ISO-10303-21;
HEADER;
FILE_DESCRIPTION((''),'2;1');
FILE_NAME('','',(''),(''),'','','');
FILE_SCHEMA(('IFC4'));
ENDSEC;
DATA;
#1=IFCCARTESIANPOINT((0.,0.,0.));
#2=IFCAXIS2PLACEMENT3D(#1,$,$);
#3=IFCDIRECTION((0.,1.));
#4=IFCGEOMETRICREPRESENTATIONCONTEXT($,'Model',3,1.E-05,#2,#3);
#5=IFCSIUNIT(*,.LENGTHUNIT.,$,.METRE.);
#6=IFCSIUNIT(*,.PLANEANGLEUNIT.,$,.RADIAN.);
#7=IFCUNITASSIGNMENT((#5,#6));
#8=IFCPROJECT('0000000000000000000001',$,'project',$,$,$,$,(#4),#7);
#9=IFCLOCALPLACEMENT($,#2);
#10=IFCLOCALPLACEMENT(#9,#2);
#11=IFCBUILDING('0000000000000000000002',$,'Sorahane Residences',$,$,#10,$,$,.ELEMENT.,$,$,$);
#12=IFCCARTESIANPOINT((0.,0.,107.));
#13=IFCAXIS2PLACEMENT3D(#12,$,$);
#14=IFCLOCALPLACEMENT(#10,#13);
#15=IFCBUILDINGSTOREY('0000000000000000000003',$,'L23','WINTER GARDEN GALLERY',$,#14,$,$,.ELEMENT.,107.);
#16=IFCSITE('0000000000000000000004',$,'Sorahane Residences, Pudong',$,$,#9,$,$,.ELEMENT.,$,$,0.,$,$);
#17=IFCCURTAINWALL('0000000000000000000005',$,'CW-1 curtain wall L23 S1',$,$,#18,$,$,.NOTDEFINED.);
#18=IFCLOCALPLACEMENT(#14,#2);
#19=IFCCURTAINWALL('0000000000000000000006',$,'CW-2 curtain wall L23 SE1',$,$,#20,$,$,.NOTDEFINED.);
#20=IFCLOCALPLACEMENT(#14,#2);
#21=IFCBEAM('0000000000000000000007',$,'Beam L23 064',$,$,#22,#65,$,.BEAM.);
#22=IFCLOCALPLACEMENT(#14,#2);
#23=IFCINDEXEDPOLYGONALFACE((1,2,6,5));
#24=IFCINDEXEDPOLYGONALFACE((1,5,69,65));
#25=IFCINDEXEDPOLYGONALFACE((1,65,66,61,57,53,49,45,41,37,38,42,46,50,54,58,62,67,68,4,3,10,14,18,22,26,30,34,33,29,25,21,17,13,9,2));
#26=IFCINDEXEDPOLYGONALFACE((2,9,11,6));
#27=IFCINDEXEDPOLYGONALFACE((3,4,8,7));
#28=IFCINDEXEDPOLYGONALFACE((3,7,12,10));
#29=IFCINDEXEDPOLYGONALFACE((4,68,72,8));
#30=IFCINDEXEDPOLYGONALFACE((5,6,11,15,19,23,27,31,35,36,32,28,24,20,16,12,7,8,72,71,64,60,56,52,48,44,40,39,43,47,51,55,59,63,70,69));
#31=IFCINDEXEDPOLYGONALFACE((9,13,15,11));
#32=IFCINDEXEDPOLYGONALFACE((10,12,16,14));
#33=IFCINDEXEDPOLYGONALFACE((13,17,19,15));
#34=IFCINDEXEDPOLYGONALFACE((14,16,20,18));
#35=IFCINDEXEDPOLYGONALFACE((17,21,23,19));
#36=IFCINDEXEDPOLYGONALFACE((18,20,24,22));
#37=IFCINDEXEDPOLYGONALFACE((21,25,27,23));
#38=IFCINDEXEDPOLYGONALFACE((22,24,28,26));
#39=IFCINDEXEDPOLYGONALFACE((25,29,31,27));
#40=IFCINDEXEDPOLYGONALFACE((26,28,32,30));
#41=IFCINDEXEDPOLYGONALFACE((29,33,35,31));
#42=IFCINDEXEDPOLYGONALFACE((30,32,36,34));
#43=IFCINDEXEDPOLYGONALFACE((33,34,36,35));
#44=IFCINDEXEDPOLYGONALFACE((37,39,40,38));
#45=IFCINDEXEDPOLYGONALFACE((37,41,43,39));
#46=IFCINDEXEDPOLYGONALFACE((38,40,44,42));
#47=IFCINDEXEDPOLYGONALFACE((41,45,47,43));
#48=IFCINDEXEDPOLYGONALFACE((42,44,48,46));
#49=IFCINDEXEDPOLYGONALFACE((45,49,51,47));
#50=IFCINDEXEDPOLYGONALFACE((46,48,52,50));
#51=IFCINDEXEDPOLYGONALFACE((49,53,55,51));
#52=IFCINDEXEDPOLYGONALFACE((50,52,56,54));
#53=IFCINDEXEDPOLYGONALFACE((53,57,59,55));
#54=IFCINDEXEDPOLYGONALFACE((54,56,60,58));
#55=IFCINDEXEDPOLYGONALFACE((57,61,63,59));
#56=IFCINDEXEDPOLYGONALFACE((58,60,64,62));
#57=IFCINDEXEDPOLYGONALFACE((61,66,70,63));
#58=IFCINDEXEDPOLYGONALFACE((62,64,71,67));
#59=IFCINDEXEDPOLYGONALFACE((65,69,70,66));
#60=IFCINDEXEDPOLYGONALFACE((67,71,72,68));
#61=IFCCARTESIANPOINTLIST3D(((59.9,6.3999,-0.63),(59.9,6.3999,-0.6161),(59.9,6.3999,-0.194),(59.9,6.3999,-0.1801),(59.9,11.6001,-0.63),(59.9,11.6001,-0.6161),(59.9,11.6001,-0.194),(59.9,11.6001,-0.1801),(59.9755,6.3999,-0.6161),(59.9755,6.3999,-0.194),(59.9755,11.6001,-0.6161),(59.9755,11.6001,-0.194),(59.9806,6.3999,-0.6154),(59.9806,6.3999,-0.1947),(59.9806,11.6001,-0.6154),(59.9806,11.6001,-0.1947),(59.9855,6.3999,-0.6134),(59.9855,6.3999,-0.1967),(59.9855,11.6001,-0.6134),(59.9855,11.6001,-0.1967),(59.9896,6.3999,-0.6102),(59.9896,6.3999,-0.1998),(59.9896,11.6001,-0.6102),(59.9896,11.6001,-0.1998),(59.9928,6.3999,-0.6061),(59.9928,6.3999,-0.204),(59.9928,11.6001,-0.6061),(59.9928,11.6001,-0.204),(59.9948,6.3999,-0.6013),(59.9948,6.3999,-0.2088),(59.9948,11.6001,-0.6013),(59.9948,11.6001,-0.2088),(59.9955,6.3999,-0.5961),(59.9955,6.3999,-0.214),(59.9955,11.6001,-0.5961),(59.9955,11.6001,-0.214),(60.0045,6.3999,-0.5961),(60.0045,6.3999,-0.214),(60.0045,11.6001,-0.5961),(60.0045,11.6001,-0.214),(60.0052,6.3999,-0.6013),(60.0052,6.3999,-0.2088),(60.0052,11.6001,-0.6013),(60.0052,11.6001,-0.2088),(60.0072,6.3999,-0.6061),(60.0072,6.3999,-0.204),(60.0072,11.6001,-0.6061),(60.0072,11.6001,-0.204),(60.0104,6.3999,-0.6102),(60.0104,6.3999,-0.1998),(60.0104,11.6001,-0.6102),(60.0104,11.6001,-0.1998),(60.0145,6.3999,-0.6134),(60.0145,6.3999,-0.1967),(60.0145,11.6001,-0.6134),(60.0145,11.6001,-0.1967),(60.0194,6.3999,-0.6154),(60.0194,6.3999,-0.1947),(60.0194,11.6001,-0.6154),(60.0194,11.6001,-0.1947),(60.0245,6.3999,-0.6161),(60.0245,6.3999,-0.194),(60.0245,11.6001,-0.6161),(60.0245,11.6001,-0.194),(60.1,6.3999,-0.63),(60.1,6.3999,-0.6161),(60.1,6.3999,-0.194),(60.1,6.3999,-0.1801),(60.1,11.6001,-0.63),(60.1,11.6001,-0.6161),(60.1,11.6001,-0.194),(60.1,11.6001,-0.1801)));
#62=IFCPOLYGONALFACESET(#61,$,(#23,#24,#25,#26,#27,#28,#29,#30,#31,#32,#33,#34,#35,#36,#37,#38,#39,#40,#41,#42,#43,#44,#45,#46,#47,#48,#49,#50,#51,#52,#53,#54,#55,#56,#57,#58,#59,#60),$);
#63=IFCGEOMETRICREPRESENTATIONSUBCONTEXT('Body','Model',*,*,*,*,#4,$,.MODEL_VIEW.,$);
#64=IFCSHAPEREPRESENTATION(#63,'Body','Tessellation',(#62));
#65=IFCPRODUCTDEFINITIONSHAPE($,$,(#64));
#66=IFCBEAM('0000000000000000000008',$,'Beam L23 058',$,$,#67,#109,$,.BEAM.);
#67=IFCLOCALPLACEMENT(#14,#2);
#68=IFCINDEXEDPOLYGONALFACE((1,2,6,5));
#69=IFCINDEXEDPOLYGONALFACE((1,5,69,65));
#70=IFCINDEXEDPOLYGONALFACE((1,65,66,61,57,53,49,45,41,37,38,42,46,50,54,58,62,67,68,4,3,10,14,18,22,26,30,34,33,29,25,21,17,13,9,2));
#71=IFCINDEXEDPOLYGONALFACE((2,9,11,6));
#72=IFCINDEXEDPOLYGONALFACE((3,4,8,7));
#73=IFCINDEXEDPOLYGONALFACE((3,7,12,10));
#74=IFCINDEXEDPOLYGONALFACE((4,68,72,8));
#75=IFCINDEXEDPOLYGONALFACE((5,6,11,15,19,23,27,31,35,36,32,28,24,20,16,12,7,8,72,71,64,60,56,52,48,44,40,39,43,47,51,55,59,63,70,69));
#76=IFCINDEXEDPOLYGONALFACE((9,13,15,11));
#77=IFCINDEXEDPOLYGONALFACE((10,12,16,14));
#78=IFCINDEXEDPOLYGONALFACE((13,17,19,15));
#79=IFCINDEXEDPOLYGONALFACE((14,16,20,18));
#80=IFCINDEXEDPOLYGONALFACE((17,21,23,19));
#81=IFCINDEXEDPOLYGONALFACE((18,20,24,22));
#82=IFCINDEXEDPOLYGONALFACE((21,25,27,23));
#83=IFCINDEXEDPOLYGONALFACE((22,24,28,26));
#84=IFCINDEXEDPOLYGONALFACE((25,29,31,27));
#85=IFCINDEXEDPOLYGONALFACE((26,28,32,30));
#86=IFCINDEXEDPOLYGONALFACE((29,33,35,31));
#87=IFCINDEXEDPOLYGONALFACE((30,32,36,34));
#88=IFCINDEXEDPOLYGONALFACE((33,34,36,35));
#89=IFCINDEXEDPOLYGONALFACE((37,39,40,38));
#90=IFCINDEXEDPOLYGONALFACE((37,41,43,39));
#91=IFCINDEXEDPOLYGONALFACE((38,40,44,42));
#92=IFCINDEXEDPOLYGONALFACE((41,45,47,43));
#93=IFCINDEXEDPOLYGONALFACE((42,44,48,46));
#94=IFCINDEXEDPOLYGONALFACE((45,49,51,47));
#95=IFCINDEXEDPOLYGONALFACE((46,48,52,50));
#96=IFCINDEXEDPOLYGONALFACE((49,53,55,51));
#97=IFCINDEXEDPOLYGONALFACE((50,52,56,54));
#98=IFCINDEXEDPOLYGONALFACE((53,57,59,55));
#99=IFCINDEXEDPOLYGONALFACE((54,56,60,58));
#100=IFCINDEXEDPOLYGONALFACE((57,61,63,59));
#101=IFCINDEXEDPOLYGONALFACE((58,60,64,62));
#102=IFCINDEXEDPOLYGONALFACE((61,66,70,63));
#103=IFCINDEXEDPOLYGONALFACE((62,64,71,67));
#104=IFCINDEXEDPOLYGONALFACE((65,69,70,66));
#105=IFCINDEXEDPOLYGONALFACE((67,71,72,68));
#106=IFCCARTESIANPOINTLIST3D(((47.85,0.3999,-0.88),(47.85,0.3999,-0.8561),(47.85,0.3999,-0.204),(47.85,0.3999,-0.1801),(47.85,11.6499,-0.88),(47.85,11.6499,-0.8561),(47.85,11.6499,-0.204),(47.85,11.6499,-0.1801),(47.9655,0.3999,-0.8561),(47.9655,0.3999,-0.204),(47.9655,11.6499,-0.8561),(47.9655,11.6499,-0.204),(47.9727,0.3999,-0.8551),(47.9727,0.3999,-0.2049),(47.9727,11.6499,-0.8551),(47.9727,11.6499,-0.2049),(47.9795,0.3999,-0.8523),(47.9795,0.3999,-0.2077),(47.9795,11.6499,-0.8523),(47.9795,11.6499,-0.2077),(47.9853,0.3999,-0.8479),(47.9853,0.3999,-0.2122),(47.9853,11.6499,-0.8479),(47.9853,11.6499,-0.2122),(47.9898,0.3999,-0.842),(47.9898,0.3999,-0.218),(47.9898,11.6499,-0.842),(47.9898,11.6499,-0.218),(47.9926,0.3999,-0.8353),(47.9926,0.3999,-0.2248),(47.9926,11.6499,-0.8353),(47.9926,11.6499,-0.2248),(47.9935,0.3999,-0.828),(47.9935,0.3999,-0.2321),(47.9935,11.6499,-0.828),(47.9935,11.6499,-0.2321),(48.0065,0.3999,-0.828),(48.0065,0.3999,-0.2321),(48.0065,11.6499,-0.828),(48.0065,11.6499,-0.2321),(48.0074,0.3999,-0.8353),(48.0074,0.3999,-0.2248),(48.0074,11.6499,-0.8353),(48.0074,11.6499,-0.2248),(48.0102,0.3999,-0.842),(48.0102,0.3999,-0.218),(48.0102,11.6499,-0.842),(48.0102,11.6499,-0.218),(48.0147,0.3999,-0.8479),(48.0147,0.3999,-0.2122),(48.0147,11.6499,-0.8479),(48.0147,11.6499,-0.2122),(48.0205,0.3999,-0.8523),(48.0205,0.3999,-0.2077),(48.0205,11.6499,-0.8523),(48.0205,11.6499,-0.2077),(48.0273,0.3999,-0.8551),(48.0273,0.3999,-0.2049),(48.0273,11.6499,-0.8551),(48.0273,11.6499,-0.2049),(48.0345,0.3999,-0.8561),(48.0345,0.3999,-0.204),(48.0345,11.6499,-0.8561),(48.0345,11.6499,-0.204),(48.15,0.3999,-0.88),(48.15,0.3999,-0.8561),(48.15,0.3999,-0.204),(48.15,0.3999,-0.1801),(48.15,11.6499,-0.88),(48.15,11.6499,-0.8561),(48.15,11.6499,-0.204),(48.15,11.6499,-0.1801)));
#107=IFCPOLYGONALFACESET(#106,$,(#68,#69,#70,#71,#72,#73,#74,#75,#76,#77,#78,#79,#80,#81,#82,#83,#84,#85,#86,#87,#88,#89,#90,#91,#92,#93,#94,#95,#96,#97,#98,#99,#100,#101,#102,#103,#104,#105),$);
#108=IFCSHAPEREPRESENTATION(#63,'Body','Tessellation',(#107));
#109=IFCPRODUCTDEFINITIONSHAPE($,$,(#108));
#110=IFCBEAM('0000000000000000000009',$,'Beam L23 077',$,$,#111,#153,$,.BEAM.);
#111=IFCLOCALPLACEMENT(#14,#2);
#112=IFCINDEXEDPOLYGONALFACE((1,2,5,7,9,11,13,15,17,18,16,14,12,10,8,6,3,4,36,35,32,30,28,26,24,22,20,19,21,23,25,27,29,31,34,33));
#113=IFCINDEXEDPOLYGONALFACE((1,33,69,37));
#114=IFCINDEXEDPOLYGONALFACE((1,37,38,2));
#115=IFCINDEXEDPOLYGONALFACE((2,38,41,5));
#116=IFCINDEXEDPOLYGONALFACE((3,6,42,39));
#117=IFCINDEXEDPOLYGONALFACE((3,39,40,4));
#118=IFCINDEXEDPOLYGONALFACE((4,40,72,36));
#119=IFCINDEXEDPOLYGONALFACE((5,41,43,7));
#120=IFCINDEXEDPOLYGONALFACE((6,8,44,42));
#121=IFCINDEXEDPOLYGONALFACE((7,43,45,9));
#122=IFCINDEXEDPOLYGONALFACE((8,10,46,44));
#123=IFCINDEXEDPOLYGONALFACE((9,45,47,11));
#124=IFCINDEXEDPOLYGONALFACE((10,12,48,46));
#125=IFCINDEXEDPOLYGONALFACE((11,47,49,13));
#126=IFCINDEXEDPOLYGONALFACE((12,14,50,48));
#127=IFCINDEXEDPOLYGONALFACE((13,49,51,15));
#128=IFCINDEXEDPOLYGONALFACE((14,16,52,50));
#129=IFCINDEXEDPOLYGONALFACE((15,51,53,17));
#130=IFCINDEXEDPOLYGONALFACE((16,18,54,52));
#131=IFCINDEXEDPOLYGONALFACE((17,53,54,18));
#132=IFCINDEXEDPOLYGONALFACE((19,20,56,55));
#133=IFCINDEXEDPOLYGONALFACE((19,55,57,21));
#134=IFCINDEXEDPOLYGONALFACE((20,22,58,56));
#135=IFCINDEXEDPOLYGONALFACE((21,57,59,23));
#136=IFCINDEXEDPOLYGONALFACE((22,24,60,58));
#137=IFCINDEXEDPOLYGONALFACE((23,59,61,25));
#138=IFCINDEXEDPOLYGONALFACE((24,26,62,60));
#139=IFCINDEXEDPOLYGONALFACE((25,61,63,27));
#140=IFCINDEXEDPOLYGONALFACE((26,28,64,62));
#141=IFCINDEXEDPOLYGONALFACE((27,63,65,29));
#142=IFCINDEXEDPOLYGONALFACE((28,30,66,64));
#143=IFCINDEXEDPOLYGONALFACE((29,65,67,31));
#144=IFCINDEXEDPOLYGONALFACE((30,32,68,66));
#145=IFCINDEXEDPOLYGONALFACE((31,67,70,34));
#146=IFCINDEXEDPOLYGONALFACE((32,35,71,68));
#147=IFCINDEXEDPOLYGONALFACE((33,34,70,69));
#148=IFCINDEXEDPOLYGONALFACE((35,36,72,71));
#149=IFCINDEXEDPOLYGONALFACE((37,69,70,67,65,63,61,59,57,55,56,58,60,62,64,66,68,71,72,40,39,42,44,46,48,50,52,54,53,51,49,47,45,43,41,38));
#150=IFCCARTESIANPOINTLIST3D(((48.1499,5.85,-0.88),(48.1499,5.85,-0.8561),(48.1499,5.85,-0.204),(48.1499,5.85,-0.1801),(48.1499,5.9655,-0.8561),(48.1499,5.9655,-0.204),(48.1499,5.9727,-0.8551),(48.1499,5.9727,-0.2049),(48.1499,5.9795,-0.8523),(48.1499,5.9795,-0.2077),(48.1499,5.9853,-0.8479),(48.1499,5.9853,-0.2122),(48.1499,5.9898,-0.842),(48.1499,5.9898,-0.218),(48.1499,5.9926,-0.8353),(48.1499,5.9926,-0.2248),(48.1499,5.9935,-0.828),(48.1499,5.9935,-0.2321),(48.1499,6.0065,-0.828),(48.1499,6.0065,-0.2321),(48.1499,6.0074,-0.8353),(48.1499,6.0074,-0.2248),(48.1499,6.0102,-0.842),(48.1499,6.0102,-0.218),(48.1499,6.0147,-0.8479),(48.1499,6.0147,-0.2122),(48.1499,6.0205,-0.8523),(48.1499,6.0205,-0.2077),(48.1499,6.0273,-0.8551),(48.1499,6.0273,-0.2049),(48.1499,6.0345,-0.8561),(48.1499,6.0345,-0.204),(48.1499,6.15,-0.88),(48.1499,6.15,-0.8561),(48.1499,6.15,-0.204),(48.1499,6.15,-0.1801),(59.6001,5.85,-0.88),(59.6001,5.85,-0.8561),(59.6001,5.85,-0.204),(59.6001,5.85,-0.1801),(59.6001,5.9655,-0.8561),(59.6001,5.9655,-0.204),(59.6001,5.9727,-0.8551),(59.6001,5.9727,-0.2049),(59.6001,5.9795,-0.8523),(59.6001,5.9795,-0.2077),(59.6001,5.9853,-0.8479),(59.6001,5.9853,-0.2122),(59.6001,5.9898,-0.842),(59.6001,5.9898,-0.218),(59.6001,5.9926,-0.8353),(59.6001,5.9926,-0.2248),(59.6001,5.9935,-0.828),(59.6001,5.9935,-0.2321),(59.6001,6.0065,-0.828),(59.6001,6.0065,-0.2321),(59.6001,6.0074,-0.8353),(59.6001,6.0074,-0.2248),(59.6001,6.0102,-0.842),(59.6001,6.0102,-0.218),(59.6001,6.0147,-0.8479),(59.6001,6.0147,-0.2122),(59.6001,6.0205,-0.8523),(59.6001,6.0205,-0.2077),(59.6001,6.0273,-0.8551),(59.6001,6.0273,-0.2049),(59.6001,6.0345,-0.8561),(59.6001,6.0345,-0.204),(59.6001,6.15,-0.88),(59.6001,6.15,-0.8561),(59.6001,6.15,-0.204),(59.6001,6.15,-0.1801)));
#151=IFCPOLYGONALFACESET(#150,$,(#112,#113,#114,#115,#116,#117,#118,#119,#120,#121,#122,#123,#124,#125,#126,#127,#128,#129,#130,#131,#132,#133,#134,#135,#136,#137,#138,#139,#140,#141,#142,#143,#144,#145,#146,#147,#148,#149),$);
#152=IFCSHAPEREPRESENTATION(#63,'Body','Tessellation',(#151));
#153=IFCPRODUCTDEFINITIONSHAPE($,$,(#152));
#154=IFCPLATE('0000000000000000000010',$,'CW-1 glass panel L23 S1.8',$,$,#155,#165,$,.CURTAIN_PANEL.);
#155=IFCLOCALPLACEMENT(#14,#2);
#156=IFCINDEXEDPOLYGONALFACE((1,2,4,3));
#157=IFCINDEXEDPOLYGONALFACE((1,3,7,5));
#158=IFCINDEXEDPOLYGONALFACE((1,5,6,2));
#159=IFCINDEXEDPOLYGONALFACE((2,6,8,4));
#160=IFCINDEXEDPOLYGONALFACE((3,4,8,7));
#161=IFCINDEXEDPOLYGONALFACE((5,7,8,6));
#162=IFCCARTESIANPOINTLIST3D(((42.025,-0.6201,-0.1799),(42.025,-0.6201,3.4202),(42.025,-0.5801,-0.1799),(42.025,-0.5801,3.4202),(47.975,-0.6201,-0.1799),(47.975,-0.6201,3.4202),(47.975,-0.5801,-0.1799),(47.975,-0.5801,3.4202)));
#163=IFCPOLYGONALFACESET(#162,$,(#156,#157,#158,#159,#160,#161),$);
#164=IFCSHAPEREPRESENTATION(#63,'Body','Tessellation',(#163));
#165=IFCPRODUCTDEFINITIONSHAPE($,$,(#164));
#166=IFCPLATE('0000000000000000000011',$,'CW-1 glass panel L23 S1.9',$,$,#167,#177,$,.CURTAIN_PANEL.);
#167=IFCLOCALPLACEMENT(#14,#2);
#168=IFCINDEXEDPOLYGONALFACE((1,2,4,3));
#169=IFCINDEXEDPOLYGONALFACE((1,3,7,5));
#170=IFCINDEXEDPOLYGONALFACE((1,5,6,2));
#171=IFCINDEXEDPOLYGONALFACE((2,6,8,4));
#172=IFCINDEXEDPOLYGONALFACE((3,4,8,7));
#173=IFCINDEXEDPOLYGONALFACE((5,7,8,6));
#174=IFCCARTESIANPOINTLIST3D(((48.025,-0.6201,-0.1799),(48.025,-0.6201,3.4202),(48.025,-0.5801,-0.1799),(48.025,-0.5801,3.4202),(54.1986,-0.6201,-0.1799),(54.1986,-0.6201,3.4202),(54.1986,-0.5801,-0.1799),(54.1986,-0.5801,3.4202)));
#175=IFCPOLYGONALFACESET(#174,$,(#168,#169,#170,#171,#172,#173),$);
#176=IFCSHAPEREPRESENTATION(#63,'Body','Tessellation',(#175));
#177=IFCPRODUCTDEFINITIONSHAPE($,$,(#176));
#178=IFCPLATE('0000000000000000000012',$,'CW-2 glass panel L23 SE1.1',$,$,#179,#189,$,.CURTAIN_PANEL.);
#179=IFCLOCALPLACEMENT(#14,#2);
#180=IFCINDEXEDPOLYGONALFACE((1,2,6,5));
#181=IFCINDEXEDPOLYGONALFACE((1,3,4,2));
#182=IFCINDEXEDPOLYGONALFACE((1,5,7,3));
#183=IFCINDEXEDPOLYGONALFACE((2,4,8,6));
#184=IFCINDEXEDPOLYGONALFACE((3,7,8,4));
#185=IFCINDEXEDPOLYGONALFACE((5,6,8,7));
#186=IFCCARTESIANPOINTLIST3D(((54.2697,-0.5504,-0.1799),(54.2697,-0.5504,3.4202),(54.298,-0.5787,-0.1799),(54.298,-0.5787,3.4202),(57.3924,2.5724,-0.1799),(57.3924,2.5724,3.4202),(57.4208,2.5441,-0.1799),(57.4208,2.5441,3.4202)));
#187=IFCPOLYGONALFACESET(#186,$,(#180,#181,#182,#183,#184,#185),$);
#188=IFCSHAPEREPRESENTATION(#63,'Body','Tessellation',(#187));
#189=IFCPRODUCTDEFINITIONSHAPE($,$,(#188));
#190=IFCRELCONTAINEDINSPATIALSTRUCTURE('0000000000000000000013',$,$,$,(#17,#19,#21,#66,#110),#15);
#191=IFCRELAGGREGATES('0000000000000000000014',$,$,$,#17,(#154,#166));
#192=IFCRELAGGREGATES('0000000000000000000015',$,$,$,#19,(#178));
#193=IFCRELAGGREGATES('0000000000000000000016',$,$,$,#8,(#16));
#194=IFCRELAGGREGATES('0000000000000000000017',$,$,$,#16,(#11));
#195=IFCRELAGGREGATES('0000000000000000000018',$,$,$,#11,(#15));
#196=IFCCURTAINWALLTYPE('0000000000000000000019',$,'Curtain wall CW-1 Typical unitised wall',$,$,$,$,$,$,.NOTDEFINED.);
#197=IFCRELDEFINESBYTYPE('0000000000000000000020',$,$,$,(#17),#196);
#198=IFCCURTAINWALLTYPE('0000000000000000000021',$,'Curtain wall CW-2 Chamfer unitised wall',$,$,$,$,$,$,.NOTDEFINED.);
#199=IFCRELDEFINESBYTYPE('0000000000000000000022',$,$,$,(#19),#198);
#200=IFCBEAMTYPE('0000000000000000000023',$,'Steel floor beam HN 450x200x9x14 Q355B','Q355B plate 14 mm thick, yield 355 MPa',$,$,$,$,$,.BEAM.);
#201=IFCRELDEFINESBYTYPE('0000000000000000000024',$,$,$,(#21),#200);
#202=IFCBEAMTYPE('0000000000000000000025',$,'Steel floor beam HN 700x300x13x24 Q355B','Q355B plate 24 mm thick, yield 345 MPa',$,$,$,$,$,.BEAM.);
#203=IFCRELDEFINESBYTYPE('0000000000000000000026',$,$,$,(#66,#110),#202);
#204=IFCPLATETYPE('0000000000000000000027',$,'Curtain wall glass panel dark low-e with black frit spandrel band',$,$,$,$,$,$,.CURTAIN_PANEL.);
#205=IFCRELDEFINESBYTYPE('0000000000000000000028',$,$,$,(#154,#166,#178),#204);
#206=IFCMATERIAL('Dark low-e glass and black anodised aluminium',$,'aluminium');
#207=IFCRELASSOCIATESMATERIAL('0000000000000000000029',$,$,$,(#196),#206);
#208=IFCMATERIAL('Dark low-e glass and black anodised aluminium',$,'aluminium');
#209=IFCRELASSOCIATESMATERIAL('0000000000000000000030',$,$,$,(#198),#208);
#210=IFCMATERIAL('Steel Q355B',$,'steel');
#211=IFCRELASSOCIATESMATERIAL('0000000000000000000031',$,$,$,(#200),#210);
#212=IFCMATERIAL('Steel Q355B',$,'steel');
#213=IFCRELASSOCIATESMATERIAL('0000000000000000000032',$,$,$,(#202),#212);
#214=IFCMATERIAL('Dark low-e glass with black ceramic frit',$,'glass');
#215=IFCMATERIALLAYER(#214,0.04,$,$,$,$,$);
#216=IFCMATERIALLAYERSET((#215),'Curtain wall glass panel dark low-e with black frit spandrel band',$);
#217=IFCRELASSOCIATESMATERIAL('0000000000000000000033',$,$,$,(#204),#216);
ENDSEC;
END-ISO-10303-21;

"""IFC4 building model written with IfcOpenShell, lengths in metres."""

from ifc_helpers import new_model, si_unit, direction, frame, origin, origin_2d, place, context, subcontext, project, spatial, rectangle, i_section, extrude, material, layer, layer_set, material_profile, profile_set, type_object, element, aggregate, save


model = new_model("IFC4")

# Units and contexts
model_context = context("Model", 3, precision=1e-05, world=origin(), true_north=direction((0.0, 1.0)))
body_context = subcontext(model_context, "Body", "Model", "MODEL_VIEW")
ifc_project = project(units=[si_unit("LENGTHUNIT", "METRE"), si_unit("PLANEANGLEUNIT", "RADIAN")], contexts=[model_context])

# Site, building, storey
site_placement = place(None, origin())
site = spatial("IfcSite", under=ifc_project, at=site_placement, Name="Sorahane Residences, Pudong", CompositionType="ELEMENT", RefElevation=0.0)
building_placement = place(site_placement, origin())
building = spatial("IfcBuilding", under=site, at=building_placement, Name="Sorahane Residences", CompositionType="ELEMENT")
storey_placement = place(building_placement, frame((0.0, 0.0, 107.0)))
storey = spatial("IfcBuildingStorey", under=building, at=storey_placement, Name="L23", Description="WINTER GARDEN GALLERY", CompositionType="ELEMENT", Elevation=107.0)

# Curtain walls
ifc_material_1 = material(Name="Dark low-e glass and black anodised aluminium", Category="aluminium")
curtain_wall_type_1 = type_object("IfcCurtainWallType", Name="Curtain wall CW-1 Typical unitised wall", PredefinedType="NOTDEFINED", material=ifc_material_1)
curtain_wall_1_placement = place(storey_placement, origin())
curtain_wall_1 = element("IfcCurtainWall", 1, at=curtain_wall_1_placement, inside=storey, type_object=curtain_wall_type_1, Name="CW-1 curtain wall L23 S1", PredefinedType="NOTDEFINED")
ifc_material_2 = material(Name="Dark low-e glass and black anodised aluminium", Category="aluminium")
curtain_wall_type_2 = type_object("IfcCurtainWallType", Name="Curtain wall CW-2 Chamfer unitised wall", PredefinedType="NOTDEFINED", material=ifc_material_2)
curtain_wall_2_placement = place(storey_placement, origin())
curtain_wall_2 = element("IfcCurtainWall", 2, at=curtain_wall_2_placement, inside=storey, type_object=curtain_wall_type_2, Name="CW-2 curtain wall L23 SE1", PredefinedType="NOTDEFINED")

# Beams
ifc_material_3 = material(Name="Steel Q355B", Category="steel")
ifc_material_profile_1 = material_profile(ifc_material_3, i_section(OverallWidth=0.2, OverallDepth=0.45, WebThickness=0.009, FlangeThickness=0.0139, FilletRadius=0.02, at=origin_2d()), Name="HN 450x200x9x14")
ifc_profile_set_1 = profile_set([ifc_material_profile_1], Name="Steel Q355B")
beam_type_1 = type_object("IfcBeamType", Name="Steel floor beam HN 450x200x9x14 Q355B", Description="Q355B plate 14 mm thick, yield 355 MPa", PredefinedType="BEAM", material=ifc_profile_set_1)
for number, where, z_axis, x_axis, name in (
    (3, (60.0, 6.3999, -0.405), (0.0, 1.0, 0.0), (-1.0, 0.0, 0.0), "Beam L23 064"),
):
    element("IfcBeam", number, at=place(storey_placement, frame(where, z_axis=z_axis, x_axis=x_axis)), inside=storey, type_object=beam_type_1, Name=name, PredefinedType="BEAM", context=body_context, shape_type="SweptSolid", body=[
        extrude(i_section(OverallWidth=0.2, OverallDepth=0.45, WebThickness=0.009, FlangeThickness=0.0139, FilletRadius=0.02, at=origin_2d()), origin(), (0.0, 0.0, 1.0), 5.2002),
    ])
ifc_material_4 = material(Name="Steel Q355B", Category="steel")
ifc_material_profile_2 = material_profile(ifc_material_4, i_section(OverallWidth=0.3, OverallDepth=0.7, WebThickness=0.0129, FlangeThickness=0.0239, FilletRadius=0.0281, at=origin_2d()), Name="HN 700x300x13x24")
ifc_profile_set_2 = profile_set([ifc_material_profile_2], Name="Steel Q355B")
beam_type_2 = type_object("IfcBeamType", Name="Steel floor beam HN 700x300x13x24 Q355B", Description="Q355B plate 24 mm thick, yield 345 MPa", PredefinedType="BEAM", material=ifc_profile_set_2)
beam_1_placement = place(storey_placement, frame((48.0, 0.3999, -0.53), z_axis=(0.0, 1.0, 0.0), x_axis=(-1.0, 0.0, 0.0)))
element("IfcBeam", 4, at=beam_1_placement, inside=storey, type_object=beam_type_2, Name="Beam L23 058", PredefinedType="BEAM", context=body_context, shape_type="SweptSolid", body=[
    extrude(i_section(OverallWidth=0.3, OverallDepth=0.7, WebThickness=0.0129, FlangeThickness=0.0239, FilletRadius=0.0281, at=origin_2d()), origin(), (0.0, 0.0, 1.0), 11.25),
])
beam_2_placement = place(storey_placement, frame((48.1499, 6.0, -0.53), z_axis=(1.0, 0.0, 0.0), x_axis=(0.0, 1.0, 0.0)))
element("IfcBeam", 5, at=beam_2_placement, inside=storey, type_object=beam_type_2, Name="Beam L23 077", PredefinedType="BEAM", context=body_context, shape_type="SweptSolid", body=[
    extrude(i_section(OverallWidth=0.3, OverallDepth=0.7, WebThickness=0.0129, FlangeThickness=0.0239, FilletRadius=0.0281, at=origin_2d()), origin(), (0.0, 0.0, 1.0), 11.4502),
])

# Plates
ifc_material_5 = material(Name="Dark low-e glass with black ceramic frit", Category="glass")
ifc_layer_1 = layer(ifc_material_5, 0.04)
ifc_layer_set_1 = layer_set([ifc_layer_1], Name="Curtain wall glass panel dark low-e with black frit spandrel band")
plate_type = type_object("IfcPlateType", Name="Curtain wall glass panel dark low-e with black frit spandrel band", PredefinedType="CURTAIN_PANEL", material=ifc_layer_set_1)
plate_1_placement = place(storey_placement, frame((45.0, -0.6001, -0.1799), z_axis=(0.0, 0.0, 1.0), x_axis=(1.0, 0.0, 0.0)))
plate_1 = element("IfcPlate", 6, at=plate_1_placement, type_object=plate_type, Name="CW-1 glass panel L23 S1.8", PredefinedType="CURTAIN_PANEL", context=body_context, shape_type="SweptSolid", body=[
    extrude(rectangle(XDim=5.95, YDim=0.04, at=origin_2d()), origin(), (0.0, 0.0, 1.0), 3.6001),
])
plate_2_placement = place(storey_placement, frame((51.1118, -0.6001, -0.1799), z_axis=(0.0, 0.0, 1.0), x_axis=(1.0, 0.0, 0.0)))
plate_2 = element("IfcPlate", 7, at=plate_2_placement, type_object=plate_type, Name="CW-1 glass panel L23 S1.9", PredefinedType="CURTAIN_PANEL", context=body_context, shape_type="SweptSolid", body=[
    extrude(rectangle(XDim=6.1736, YDim=0.04, at=origin_2d()), origin(), (0.0, 0.0, 1.0), 3.6001),
])
aggregate(curtain_wall_1, [plate_1, plate_2])
plate_3_placement = place(storey_placement, frame((55.8452, 0.9968, -0.1799), z_axis=(0.0, 0.0, 1.0), x_axis=(0.707107, 0.707107, 0.0)))
plate_3 = element("IfcPlate", 8, at=plate_3_placement, type_object=plate_type, Name="CW-2 glass panel L23 SE1.1", PredefinedType="CURTAIN_PANEL", context=body_context, shape_type="SweptSolid", body=[
    extrude(rectangle(XDim=4.4163, YDim=0.04, at=origin_2d()), origin(), (0.0, 0.0, 1.0), 3.6001),
])
aggregate(curtain_wall_2, [plate_3])

save(model, "model.ifc")
